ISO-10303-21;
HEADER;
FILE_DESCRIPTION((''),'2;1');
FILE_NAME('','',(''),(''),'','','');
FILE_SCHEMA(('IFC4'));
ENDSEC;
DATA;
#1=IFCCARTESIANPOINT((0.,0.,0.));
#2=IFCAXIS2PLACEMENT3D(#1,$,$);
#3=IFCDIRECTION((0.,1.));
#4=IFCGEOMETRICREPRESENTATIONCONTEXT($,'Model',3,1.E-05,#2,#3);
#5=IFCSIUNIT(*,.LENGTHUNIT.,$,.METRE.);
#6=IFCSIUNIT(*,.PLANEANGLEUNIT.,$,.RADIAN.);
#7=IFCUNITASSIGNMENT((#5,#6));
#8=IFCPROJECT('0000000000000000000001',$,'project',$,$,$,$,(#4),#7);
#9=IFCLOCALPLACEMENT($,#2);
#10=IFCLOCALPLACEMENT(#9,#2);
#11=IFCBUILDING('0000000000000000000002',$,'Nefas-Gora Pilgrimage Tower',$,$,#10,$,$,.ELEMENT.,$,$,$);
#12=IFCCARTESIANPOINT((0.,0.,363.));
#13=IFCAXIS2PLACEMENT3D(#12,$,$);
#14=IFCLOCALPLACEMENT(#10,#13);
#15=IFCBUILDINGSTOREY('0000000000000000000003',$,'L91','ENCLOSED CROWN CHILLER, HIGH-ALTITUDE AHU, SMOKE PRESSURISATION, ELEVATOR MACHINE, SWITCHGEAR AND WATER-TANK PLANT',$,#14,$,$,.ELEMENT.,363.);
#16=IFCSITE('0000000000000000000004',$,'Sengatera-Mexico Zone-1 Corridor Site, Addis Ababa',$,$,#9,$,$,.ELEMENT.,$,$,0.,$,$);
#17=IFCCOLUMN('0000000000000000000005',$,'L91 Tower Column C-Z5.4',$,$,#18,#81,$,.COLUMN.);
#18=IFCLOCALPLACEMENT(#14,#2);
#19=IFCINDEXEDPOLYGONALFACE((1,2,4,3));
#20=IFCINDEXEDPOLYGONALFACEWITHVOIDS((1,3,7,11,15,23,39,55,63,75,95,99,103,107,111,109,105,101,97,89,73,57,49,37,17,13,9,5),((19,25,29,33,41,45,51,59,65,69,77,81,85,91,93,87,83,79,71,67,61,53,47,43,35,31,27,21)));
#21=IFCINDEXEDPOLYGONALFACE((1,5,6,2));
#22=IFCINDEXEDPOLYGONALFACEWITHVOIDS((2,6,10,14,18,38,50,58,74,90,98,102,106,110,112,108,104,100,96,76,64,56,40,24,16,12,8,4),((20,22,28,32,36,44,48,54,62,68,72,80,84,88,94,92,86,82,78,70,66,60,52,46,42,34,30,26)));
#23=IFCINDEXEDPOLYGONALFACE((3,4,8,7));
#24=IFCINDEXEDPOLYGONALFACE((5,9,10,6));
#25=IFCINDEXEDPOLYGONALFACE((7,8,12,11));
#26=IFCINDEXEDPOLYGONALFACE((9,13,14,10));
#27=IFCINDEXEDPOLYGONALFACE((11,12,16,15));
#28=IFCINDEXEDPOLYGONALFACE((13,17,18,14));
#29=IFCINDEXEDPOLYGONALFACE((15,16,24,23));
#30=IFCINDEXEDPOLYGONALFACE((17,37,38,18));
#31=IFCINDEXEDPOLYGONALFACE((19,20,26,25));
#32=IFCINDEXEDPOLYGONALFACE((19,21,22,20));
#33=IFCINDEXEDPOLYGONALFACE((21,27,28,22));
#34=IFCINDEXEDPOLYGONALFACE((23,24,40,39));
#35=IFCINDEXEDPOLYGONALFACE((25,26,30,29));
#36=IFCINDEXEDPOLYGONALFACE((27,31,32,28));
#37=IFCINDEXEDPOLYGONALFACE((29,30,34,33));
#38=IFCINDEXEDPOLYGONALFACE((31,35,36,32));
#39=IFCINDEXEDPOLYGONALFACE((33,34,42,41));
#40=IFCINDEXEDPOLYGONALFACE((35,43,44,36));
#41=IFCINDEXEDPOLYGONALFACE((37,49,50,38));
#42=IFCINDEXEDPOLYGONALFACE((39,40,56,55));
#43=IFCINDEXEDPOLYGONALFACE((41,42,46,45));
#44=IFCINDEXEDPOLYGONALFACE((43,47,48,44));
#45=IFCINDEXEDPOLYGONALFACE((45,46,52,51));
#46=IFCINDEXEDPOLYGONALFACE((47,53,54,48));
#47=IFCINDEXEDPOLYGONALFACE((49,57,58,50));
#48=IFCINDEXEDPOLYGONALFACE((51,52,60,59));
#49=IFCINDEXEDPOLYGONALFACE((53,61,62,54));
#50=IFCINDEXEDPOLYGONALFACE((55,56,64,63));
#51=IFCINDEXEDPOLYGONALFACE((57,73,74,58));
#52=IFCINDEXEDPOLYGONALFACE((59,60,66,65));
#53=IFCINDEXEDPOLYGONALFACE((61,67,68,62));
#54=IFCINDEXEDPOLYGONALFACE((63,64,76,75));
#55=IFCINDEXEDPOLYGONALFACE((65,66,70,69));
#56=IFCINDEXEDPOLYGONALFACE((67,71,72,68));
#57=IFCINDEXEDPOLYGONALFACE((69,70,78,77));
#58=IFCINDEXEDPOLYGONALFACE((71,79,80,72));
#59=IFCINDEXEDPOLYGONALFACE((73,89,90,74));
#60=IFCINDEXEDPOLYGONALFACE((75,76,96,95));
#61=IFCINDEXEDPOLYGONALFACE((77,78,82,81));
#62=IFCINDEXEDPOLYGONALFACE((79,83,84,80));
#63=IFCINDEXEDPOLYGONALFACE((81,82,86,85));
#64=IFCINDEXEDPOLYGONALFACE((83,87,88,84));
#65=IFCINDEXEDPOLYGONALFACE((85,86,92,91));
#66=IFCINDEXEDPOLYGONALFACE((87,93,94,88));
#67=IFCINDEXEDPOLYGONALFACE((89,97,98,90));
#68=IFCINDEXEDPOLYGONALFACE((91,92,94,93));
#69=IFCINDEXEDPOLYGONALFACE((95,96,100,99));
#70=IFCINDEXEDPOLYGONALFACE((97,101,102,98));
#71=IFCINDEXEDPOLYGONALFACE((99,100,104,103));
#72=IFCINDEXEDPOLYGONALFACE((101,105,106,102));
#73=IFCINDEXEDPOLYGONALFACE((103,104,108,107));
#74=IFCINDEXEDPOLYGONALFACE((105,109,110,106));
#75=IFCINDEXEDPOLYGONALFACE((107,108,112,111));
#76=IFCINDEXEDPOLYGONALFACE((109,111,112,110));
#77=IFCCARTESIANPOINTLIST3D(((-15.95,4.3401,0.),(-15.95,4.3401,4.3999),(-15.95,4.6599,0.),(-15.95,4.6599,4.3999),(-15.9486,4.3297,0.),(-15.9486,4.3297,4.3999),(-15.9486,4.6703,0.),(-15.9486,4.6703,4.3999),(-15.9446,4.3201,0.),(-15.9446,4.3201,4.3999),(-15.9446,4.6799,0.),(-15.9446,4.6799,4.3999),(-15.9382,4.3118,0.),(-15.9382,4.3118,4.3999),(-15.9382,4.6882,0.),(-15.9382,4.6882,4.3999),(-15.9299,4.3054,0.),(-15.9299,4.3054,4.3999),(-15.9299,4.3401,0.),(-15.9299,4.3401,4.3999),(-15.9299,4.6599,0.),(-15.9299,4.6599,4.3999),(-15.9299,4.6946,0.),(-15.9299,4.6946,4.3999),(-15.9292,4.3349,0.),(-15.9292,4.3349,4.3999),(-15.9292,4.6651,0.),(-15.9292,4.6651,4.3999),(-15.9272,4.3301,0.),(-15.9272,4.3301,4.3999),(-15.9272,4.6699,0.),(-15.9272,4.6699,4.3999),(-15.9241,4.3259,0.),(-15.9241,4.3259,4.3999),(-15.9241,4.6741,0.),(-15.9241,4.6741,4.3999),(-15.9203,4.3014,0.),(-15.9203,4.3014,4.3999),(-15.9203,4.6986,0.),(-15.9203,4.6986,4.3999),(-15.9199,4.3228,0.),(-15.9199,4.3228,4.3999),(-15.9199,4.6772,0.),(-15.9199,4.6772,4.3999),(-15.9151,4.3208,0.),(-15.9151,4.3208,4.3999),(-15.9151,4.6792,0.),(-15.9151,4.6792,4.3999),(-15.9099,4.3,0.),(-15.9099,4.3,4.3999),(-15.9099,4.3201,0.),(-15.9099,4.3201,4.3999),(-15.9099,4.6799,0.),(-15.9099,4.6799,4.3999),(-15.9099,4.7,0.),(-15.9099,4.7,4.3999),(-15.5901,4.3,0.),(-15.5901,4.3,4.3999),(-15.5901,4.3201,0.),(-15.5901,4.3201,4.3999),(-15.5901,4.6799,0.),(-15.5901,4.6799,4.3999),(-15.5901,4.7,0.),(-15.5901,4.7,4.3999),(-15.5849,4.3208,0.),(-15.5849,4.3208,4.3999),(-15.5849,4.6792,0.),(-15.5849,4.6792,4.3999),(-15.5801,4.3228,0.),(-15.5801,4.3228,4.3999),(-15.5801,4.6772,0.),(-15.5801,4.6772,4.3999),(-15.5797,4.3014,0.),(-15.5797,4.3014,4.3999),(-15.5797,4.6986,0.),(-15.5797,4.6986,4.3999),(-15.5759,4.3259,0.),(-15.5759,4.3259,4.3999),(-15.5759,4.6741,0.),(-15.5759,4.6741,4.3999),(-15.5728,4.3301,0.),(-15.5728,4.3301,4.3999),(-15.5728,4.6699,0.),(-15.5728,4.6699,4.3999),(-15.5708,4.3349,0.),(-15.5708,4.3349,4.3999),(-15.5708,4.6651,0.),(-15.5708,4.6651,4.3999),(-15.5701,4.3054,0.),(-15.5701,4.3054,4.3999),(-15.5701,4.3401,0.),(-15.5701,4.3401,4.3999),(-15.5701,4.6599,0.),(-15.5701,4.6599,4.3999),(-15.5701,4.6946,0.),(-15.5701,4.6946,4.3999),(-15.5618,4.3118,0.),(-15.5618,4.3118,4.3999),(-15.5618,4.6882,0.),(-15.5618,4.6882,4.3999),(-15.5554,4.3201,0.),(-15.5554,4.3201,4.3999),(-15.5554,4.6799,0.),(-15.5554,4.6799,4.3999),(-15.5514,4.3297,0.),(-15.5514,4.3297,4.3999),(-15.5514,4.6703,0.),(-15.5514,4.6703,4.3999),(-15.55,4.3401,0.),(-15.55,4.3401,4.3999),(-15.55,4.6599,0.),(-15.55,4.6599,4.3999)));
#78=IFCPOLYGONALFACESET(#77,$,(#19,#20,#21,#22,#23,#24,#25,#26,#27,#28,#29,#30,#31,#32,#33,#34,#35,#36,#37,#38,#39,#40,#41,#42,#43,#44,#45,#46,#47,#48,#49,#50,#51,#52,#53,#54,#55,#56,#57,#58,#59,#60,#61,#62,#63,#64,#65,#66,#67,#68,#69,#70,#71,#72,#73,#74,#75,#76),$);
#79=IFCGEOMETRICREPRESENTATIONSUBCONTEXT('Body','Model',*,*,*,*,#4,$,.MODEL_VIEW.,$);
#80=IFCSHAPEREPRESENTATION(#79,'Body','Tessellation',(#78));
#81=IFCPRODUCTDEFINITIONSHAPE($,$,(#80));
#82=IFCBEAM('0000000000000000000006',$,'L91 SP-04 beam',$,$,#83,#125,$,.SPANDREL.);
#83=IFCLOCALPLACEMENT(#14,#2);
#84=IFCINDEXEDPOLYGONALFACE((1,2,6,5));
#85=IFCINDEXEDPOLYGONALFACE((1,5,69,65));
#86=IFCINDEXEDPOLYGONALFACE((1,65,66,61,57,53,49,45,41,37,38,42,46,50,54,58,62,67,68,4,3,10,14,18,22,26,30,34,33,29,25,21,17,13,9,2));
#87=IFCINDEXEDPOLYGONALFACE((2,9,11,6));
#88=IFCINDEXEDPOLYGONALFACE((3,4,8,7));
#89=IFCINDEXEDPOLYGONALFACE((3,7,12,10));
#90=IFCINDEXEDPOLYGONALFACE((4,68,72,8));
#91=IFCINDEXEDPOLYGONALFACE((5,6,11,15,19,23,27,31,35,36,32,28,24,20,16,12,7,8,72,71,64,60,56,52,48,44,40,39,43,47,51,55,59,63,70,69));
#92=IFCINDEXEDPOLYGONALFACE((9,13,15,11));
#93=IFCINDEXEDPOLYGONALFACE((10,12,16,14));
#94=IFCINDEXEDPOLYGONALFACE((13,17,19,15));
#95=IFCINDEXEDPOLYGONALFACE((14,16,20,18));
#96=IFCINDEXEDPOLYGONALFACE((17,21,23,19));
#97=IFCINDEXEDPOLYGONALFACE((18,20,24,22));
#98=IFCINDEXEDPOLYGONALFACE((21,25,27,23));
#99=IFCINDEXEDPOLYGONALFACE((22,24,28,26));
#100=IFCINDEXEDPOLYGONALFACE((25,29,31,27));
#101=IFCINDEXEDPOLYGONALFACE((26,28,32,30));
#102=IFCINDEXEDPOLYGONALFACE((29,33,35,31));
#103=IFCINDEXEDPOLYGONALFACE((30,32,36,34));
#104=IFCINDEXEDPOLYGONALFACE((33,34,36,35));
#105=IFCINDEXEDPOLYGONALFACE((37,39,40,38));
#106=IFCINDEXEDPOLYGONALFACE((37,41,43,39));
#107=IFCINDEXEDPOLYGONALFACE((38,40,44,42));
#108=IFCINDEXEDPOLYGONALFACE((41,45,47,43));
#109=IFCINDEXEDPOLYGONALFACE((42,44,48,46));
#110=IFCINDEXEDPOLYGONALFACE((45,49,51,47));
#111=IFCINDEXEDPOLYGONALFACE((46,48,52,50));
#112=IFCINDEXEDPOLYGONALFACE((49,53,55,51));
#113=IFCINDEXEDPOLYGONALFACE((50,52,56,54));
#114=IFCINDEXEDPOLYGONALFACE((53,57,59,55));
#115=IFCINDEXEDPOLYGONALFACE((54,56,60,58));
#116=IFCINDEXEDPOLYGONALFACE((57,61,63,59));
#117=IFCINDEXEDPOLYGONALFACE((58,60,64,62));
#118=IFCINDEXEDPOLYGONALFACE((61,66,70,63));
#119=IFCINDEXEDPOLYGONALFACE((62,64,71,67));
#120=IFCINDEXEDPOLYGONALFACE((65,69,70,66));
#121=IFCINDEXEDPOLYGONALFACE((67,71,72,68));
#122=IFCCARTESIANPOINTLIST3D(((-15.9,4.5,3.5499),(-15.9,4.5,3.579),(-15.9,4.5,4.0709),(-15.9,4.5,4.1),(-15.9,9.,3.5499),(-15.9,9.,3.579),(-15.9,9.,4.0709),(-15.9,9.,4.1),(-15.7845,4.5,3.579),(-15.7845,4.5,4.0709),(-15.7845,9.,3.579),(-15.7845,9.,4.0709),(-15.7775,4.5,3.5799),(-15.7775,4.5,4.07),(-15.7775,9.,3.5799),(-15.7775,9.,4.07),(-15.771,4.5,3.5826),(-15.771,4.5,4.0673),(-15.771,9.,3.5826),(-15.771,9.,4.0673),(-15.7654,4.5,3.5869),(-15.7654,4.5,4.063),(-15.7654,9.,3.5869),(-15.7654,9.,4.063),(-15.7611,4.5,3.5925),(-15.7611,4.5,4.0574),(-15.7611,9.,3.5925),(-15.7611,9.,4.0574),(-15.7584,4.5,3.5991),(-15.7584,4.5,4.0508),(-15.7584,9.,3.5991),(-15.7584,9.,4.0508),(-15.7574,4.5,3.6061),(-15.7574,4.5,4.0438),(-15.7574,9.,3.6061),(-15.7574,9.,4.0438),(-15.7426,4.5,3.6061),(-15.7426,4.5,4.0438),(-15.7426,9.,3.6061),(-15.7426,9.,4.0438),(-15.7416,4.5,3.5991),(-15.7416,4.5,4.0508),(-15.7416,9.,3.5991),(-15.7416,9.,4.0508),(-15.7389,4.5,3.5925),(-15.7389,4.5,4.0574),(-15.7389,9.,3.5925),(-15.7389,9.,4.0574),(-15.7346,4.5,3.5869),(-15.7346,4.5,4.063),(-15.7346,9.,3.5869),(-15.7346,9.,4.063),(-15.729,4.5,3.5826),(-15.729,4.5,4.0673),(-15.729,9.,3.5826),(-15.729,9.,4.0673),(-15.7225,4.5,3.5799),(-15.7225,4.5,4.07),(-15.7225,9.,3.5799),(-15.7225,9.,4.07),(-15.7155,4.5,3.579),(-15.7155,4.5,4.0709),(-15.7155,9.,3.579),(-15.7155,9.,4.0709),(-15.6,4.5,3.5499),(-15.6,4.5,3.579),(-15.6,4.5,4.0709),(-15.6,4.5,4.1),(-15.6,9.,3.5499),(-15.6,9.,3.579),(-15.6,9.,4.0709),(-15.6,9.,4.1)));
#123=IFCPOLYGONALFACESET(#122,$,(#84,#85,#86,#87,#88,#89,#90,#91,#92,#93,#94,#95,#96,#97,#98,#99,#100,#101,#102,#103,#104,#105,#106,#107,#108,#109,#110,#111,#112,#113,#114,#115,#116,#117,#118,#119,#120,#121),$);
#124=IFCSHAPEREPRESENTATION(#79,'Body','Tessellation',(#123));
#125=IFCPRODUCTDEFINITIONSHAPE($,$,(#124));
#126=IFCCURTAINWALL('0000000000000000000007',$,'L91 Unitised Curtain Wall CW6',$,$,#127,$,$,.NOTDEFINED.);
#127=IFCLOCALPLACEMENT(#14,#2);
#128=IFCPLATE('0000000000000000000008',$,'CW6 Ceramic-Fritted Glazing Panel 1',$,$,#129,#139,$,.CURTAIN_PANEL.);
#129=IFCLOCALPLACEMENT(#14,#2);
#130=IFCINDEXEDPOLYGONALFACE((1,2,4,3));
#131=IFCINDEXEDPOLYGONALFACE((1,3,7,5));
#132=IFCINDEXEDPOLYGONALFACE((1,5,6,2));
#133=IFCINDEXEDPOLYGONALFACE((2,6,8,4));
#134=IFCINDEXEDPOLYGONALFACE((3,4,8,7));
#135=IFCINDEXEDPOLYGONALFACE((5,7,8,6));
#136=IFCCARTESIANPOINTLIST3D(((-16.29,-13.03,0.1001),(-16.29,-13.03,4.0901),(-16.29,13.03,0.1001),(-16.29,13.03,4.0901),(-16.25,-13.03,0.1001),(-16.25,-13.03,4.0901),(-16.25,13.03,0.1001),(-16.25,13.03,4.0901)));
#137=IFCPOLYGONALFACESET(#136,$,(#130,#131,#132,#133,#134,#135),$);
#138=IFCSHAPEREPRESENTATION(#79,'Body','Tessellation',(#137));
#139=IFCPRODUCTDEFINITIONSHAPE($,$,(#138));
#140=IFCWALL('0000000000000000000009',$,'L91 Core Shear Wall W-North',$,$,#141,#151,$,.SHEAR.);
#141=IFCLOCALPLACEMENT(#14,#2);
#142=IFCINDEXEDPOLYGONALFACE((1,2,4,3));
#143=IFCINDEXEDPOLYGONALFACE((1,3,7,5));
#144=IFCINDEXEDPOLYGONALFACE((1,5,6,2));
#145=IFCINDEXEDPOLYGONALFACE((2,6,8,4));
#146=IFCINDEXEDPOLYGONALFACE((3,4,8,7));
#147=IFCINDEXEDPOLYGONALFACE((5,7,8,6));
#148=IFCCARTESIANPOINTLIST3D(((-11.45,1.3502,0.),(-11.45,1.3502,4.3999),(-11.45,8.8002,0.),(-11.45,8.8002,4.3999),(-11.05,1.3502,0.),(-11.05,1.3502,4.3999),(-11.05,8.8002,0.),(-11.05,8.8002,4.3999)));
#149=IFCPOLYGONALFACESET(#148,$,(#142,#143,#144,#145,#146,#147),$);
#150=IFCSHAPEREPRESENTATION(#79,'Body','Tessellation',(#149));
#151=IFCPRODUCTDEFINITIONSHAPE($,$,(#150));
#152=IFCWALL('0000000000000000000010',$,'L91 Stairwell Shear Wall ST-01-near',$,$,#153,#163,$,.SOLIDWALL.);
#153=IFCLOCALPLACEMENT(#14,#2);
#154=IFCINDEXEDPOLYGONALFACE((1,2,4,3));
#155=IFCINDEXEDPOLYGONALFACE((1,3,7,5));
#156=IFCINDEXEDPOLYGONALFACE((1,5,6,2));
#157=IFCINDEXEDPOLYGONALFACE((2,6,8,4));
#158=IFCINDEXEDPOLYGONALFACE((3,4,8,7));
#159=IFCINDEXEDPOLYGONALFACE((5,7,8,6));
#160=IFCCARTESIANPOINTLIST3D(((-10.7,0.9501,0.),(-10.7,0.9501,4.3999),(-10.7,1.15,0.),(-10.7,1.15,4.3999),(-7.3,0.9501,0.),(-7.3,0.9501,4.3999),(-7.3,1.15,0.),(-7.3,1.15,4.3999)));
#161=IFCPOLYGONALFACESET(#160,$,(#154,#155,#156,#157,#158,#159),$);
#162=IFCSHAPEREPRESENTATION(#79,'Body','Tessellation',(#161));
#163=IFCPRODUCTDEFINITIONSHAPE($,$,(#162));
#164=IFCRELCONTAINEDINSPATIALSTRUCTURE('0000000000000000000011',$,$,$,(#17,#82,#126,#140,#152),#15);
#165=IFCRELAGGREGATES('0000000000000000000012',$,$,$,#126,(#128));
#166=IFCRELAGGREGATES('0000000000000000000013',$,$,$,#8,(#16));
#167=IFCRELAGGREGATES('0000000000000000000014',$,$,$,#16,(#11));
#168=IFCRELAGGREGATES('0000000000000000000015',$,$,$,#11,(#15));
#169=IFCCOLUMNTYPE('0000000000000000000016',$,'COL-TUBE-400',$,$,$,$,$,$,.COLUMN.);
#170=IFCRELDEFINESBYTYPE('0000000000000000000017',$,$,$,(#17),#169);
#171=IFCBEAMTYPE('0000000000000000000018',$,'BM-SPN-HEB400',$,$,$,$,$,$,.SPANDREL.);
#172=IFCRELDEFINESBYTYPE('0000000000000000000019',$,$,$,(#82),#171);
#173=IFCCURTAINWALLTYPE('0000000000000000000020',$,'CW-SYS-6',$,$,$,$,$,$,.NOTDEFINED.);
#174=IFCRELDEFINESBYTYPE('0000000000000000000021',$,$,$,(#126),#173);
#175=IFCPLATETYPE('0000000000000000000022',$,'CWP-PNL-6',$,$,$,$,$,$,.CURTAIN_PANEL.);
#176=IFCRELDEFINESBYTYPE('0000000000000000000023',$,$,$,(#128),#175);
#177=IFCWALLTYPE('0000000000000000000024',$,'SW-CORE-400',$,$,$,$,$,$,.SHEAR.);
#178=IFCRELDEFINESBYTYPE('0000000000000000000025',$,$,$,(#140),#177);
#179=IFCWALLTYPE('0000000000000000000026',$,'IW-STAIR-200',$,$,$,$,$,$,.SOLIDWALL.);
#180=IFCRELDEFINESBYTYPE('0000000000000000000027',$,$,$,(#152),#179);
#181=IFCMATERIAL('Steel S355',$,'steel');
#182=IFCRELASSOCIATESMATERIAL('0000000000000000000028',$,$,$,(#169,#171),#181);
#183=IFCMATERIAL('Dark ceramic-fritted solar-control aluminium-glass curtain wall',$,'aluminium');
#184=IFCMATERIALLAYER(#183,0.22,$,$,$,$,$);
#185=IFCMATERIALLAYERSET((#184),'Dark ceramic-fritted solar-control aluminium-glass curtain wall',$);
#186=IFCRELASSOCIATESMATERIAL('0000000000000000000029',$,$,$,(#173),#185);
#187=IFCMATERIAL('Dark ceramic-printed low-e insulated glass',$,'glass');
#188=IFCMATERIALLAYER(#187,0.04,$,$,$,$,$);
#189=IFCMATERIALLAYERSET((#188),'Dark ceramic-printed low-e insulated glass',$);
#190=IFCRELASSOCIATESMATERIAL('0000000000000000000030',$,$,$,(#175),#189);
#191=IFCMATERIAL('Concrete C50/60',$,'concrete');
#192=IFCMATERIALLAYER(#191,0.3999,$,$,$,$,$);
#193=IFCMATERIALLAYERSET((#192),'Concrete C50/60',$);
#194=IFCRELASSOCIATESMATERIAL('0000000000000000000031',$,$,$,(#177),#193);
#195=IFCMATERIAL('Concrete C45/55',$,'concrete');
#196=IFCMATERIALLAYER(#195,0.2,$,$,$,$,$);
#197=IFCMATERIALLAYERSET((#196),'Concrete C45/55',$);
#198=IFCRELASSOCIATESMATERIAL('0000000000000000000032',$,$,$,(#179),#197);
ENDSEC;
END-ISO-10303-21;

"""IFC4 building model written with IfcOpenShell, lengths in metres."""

from ifc_helpers import new_model, si_unit, direction, frame, frame_2d, origin, origin_2d, place, context, subcontext, project, spatial, rectangle, hollow_rectangle, i_section, extrude, source, transform, mapped, material, layer, layer_set, material_profile, profile_set, type_object, element, aggregate, save


model = new_model("IFC4")

# Units and contexts
model_context = context("Model", 3, precision=1e-05, world=origin(), true_north=direction((0.0, 1.0)))
body_context = subcontext(model_context, "Body", "Model", "MODEL_VIEW")
ifc_project = project(units=[si_unit("LENGTHUNIT", "METRE"), si_unit("PLANEANGLEUNIT", "RADIAN")], contexts=[model_context])

# Site, building, storey
site_placement = place(None, origin())
site = spatial("IfcSite", under=ifc_project, at=site_placement, Name="Sengatera-Mexico Zone-1 Corridor Site, Addis Ababa", CompositionType="ELEMENT", RefElevation=0.0)
building_placement = place(site_placement, origin())
building = spatial("IfcBuilding", under=site, at=building_placement, Name="Nefas-Gora Pilgrimage Tower", CompositionType="ELEMENT")
storey_placement = place(building_placement, frame((0.0, 0.0, 363.0)))
storey = spatial("IfcBuildingStorey", under=building, at=storey_placement, Name="L91", Description="ENCLOSED CROWN CHILLER, HIGH-ALTITUDE AHU, SMOKE PRESSURISATION, ELEVATOR MACHINE, SWITCHGEAR AND WATER-TANK PLANT", CompositionType="ELEMENT", Elevation=363.0)

# Column
ifc_material_1 = material(Name="Steel S355", Category="steel")
ifc_material_profile_1 = material_profile(ifc_material_1, hollow_rectangle(XDim=0.3999, YDim=0.3999, WallThickness=0.02, InnerFilletRadius=0.02, OuterFilletRadius=0.04, at=origin_2d()), Name="SHS 400x400x20")
ifc_profile_set_1 = profile_set([ifc_material_profile_1], Name="Steel S355")
column_type = type_object("IfcColumnType", Name="COL-TUBE-400", PredefinedType="COLUMN", material=ifc_profile_set_1)
shared_shape_1 = source(origin(), body_context, "Body", "SweptSolid", [
    extrude(hollow_rectangle(XDim=0.3999, YDim=0.3999, WallThickness=0.02, InnerFilletRadius=0.02, OuterFilletRadius=0.04, at=origin_2d()), origin(), (0.0, 0.0, 1.0), 4.3999),
])
column_placement = place(storey_placement, frame((-15.75, 4.5, 0.0), z_axis=(0.0, 0.0, 1.0), x_axis=(1.0, 0.0, 0.0)))
element("IfcColumn", 1, at=column_placement, inside=storey, type_object=column_type, Name="L91 Tower Column C-Z5.4", PredefinedType="COLUMN", context=body_context, shape_type="MappedRepresentation", body=[
    mapped(shared_shape_1, transform((0.0, 0.0, 0.0), x_axis=(1.0, 0.0, 0.0), y_axis=(0.0, 1.0, 0.0), z_axis=(0.0, 0.0, 1.0), scale=1.0)),
])

# Beam
ifc_material_profile_2 = material_profile(ifc_material_1, i_section(OverallWidth=0.3, OverallDepth=0.55, WebThickness=0.0149, FlangeThickness=0.0291, FilletRadius=0.0271, at=origin_2d()), Name="HEB 550")
ifc_profile_set_2 = profile_set([ifc_material_profile_2], Name="Steel S355")
beam_type = type_object("IfcBeamType", Name="BM-SPN-HEB400", PredefinedType="SPANDREL", material=ifc_profile_set_2)
shared_shape_2 = source(origin(), body_context, "Body", "SweptSolid", [
    extrude(i_section(OverallWidth=0.3, OverallDepth=0.55, WebThickness=0.0149, FlangeThickness=0.0291, FilletRadius=0.0271, at=origin_2d()), origin(), (0.0, 0.0, 1.0), 4.5),
])
beam_placement = place(storey_placement, frame((-15.75, 4.5, 3.825), z_axis=(0.0, 1.0, 0.0), x_axis=(-1.0, 0.0, 0.0)))
element("IfcBeam", 2, at=beam_placement, inside=storey, type_object=beam_type, Name="L91 SP-04 beam", PredefinedType="SPANDREL", context=body_context, shape_type="MappedRepresentation", body=[
    mapped(shared_shape_2, transform((0.0, 0.0, 0.0), x_axis=(1.0, 0.0, 0.0), y_axis=(0.0, 1.0, 0.0), z_axis=(0.0, 0.0, 1.0), scale=1.0)),
])

# Curtain wall, plate
ifc_material_2 = material(Name="Dark ceramic-fritted solar-control aluminium-glass curtain wall", Category="aluminium")
ifc_layer_1 = layer(ifc_material_2, 0.22)
ifc_layer_set_1 = layer_set([ifc_layer_1], Name="Dark ceramic-fritted solar-control aluminium-glass curtain wall")
curtain_wall_type = type_object("IfcCurtainWallType", Name="CW-SYS-6", PredefinedType="NOTDEFINED", material=ifc_layer_set_1)
curtain_wall_placement = place(storey_placement, origin())
curtain_wall = element("IfcCurtainWall", 3, at=curtain_wall_placement, inside=storey, type_object=curtain_wall_type, Name="L91 Unitised Curtain Wall CW6", PredefinedType="NOTDEFINED")
ifc_material_3 = material(Name="Dark ceramic-printed low-e insulated glass", Category="glass")
ifc_layer_2 = layer(ifc_material_3, 0.04)
ifc_layer_set_2 = layer_set([ifc_layer_2], Name="Dark ceramic-printed low-e insulated glass")
plate_type = type_object("IfcPlateType", Name="CWP-PNL-6", PredefinedType="CURTAIN_PANEL", material=ifc_layer_set_2)
shared_shape_3 = source(origin(), body_context, "Body", "SweptSolid", [
    extrude(rectangle(XDim=26.0601, YDim=0.04, at=origin_2d()), origin(), (0.0, 0.0, 1.0), 3.99),
])
plate_placement = place(storey_placement, frame((-16.27, 0.0, 0.1001), z_axis=(0.0, 0.0, 1.0), x_axis=(0.0, -1.0, 0.0)))
plate = element("IfcPlate", 4, at=plate_placement, type_object=plate_type, Name="CW6 Ceramic-Fritted Glazing Panel 1", PredefinedType="CURTAIN_PANEL", context=body_context, shape_type="MappedRepresentation", body=[
    mapped(shared_shape_3, transform((0.0, 0.0, 0.0), x_axis=(1.0, 0.0, 0.0), y_axis=(0.0, 1.0, 0.0), z_axis=(0.0, 0.0, 1.0), scale=1.0)),
])
aggregate(curtain_wall, [plate])

# Walls
ifc_material_4 = material(Name="Concrete C50/60", Category="concrete")
ifc_layer_3 = layer(ifc_material_4, 0.3999)
ifc_layer_set_3 = layer_set([ifc_layer_3], Name="Concrete C50/60")
wall_type_1 = type_object("IfcWallType", Name="SW-CORE-400", PredefinedType="SHEAR", material=ifc_layer_set_3)
shared_shape_4 = source(origin(), body_context, "Body", "SweptSolid", [
    extrude(rectangle(XDim=7.45, YDim=0.3999, at=frame_2d((3.7251, 0.0))), origin(), (0.0, 0.0, 1.0), 4.3999),
])
wall_1_placement = place(storey_placement, frame((-11.25, 1.3501, 0.0), z_axis=(0.0, 0.0, 1.0), x_axis=(0.0, 1.0, 0.0)))
element("IfcWall", 5, at=wall_1_placement, inside=storey, type_object=wall_type_1, Name="L91 Core Shear Wall W-North", PredefinedType="SHEAR", context=body_context, shape_type="MappedRepresentation", body=[
    mapped(shared_shape_4, transform((0.0, 0.0, 0.0), x_axis=(1.0, 0.0, 0.0), y_axis=(0.0, 1.0, 0.0), z_axis=(0.0, 0.0, 1.0), scale=1.0)),
])
ifc_material_5 = material(Name="Concrete C45/55", Category="concrete")
ifc_layer_4 = layer(ifc_material_5, 0.2)
ifc_layer_set_4 = layer_set([ifc_layer_4], Name="Concrete C45/55")
wall_type_2 = type_object("IfcWallType", Name="IW-STAIR-200", PredefinedType="SOLIDWALL", material=ifc_layer_set_4)
shared_shape_5 = source(origin(), body_context, "Body", "SweptSolid", [
    extrude(rectangle(XDim=3.3999, YDim=0.2, at=frame_2d((1.7, 0.0))), origin(), (0.0, 0.0, 1.0), 4.3999),
])
wall_2_placement = place(storey_placement, frame((-7.3, 1.05, 0.0), z_axis=(0.0, 0.0, 1.0), x_axis=(-1.0, 0.0, 0.0)))
element("IfcWall", 6, at=wall_2_placement, inside=storey, type_object=wall_type_2, Name="L91 Stairwell Shear Wall ST-01-near", PredefinedType="SOLIDWALL", context=body_context, shape_type="MappedRepresentation", body=[
    mapped(shared_shape_5, transform((0.0, 0.0, 0.0), x_axis=(1.0, 0.0, 0.0), y_axis=(0.0, 1.0, 0.0), z_axis=(0.0, 0.0, 1.0), scale=1.0)),
])

save(model, "model.ifc")
